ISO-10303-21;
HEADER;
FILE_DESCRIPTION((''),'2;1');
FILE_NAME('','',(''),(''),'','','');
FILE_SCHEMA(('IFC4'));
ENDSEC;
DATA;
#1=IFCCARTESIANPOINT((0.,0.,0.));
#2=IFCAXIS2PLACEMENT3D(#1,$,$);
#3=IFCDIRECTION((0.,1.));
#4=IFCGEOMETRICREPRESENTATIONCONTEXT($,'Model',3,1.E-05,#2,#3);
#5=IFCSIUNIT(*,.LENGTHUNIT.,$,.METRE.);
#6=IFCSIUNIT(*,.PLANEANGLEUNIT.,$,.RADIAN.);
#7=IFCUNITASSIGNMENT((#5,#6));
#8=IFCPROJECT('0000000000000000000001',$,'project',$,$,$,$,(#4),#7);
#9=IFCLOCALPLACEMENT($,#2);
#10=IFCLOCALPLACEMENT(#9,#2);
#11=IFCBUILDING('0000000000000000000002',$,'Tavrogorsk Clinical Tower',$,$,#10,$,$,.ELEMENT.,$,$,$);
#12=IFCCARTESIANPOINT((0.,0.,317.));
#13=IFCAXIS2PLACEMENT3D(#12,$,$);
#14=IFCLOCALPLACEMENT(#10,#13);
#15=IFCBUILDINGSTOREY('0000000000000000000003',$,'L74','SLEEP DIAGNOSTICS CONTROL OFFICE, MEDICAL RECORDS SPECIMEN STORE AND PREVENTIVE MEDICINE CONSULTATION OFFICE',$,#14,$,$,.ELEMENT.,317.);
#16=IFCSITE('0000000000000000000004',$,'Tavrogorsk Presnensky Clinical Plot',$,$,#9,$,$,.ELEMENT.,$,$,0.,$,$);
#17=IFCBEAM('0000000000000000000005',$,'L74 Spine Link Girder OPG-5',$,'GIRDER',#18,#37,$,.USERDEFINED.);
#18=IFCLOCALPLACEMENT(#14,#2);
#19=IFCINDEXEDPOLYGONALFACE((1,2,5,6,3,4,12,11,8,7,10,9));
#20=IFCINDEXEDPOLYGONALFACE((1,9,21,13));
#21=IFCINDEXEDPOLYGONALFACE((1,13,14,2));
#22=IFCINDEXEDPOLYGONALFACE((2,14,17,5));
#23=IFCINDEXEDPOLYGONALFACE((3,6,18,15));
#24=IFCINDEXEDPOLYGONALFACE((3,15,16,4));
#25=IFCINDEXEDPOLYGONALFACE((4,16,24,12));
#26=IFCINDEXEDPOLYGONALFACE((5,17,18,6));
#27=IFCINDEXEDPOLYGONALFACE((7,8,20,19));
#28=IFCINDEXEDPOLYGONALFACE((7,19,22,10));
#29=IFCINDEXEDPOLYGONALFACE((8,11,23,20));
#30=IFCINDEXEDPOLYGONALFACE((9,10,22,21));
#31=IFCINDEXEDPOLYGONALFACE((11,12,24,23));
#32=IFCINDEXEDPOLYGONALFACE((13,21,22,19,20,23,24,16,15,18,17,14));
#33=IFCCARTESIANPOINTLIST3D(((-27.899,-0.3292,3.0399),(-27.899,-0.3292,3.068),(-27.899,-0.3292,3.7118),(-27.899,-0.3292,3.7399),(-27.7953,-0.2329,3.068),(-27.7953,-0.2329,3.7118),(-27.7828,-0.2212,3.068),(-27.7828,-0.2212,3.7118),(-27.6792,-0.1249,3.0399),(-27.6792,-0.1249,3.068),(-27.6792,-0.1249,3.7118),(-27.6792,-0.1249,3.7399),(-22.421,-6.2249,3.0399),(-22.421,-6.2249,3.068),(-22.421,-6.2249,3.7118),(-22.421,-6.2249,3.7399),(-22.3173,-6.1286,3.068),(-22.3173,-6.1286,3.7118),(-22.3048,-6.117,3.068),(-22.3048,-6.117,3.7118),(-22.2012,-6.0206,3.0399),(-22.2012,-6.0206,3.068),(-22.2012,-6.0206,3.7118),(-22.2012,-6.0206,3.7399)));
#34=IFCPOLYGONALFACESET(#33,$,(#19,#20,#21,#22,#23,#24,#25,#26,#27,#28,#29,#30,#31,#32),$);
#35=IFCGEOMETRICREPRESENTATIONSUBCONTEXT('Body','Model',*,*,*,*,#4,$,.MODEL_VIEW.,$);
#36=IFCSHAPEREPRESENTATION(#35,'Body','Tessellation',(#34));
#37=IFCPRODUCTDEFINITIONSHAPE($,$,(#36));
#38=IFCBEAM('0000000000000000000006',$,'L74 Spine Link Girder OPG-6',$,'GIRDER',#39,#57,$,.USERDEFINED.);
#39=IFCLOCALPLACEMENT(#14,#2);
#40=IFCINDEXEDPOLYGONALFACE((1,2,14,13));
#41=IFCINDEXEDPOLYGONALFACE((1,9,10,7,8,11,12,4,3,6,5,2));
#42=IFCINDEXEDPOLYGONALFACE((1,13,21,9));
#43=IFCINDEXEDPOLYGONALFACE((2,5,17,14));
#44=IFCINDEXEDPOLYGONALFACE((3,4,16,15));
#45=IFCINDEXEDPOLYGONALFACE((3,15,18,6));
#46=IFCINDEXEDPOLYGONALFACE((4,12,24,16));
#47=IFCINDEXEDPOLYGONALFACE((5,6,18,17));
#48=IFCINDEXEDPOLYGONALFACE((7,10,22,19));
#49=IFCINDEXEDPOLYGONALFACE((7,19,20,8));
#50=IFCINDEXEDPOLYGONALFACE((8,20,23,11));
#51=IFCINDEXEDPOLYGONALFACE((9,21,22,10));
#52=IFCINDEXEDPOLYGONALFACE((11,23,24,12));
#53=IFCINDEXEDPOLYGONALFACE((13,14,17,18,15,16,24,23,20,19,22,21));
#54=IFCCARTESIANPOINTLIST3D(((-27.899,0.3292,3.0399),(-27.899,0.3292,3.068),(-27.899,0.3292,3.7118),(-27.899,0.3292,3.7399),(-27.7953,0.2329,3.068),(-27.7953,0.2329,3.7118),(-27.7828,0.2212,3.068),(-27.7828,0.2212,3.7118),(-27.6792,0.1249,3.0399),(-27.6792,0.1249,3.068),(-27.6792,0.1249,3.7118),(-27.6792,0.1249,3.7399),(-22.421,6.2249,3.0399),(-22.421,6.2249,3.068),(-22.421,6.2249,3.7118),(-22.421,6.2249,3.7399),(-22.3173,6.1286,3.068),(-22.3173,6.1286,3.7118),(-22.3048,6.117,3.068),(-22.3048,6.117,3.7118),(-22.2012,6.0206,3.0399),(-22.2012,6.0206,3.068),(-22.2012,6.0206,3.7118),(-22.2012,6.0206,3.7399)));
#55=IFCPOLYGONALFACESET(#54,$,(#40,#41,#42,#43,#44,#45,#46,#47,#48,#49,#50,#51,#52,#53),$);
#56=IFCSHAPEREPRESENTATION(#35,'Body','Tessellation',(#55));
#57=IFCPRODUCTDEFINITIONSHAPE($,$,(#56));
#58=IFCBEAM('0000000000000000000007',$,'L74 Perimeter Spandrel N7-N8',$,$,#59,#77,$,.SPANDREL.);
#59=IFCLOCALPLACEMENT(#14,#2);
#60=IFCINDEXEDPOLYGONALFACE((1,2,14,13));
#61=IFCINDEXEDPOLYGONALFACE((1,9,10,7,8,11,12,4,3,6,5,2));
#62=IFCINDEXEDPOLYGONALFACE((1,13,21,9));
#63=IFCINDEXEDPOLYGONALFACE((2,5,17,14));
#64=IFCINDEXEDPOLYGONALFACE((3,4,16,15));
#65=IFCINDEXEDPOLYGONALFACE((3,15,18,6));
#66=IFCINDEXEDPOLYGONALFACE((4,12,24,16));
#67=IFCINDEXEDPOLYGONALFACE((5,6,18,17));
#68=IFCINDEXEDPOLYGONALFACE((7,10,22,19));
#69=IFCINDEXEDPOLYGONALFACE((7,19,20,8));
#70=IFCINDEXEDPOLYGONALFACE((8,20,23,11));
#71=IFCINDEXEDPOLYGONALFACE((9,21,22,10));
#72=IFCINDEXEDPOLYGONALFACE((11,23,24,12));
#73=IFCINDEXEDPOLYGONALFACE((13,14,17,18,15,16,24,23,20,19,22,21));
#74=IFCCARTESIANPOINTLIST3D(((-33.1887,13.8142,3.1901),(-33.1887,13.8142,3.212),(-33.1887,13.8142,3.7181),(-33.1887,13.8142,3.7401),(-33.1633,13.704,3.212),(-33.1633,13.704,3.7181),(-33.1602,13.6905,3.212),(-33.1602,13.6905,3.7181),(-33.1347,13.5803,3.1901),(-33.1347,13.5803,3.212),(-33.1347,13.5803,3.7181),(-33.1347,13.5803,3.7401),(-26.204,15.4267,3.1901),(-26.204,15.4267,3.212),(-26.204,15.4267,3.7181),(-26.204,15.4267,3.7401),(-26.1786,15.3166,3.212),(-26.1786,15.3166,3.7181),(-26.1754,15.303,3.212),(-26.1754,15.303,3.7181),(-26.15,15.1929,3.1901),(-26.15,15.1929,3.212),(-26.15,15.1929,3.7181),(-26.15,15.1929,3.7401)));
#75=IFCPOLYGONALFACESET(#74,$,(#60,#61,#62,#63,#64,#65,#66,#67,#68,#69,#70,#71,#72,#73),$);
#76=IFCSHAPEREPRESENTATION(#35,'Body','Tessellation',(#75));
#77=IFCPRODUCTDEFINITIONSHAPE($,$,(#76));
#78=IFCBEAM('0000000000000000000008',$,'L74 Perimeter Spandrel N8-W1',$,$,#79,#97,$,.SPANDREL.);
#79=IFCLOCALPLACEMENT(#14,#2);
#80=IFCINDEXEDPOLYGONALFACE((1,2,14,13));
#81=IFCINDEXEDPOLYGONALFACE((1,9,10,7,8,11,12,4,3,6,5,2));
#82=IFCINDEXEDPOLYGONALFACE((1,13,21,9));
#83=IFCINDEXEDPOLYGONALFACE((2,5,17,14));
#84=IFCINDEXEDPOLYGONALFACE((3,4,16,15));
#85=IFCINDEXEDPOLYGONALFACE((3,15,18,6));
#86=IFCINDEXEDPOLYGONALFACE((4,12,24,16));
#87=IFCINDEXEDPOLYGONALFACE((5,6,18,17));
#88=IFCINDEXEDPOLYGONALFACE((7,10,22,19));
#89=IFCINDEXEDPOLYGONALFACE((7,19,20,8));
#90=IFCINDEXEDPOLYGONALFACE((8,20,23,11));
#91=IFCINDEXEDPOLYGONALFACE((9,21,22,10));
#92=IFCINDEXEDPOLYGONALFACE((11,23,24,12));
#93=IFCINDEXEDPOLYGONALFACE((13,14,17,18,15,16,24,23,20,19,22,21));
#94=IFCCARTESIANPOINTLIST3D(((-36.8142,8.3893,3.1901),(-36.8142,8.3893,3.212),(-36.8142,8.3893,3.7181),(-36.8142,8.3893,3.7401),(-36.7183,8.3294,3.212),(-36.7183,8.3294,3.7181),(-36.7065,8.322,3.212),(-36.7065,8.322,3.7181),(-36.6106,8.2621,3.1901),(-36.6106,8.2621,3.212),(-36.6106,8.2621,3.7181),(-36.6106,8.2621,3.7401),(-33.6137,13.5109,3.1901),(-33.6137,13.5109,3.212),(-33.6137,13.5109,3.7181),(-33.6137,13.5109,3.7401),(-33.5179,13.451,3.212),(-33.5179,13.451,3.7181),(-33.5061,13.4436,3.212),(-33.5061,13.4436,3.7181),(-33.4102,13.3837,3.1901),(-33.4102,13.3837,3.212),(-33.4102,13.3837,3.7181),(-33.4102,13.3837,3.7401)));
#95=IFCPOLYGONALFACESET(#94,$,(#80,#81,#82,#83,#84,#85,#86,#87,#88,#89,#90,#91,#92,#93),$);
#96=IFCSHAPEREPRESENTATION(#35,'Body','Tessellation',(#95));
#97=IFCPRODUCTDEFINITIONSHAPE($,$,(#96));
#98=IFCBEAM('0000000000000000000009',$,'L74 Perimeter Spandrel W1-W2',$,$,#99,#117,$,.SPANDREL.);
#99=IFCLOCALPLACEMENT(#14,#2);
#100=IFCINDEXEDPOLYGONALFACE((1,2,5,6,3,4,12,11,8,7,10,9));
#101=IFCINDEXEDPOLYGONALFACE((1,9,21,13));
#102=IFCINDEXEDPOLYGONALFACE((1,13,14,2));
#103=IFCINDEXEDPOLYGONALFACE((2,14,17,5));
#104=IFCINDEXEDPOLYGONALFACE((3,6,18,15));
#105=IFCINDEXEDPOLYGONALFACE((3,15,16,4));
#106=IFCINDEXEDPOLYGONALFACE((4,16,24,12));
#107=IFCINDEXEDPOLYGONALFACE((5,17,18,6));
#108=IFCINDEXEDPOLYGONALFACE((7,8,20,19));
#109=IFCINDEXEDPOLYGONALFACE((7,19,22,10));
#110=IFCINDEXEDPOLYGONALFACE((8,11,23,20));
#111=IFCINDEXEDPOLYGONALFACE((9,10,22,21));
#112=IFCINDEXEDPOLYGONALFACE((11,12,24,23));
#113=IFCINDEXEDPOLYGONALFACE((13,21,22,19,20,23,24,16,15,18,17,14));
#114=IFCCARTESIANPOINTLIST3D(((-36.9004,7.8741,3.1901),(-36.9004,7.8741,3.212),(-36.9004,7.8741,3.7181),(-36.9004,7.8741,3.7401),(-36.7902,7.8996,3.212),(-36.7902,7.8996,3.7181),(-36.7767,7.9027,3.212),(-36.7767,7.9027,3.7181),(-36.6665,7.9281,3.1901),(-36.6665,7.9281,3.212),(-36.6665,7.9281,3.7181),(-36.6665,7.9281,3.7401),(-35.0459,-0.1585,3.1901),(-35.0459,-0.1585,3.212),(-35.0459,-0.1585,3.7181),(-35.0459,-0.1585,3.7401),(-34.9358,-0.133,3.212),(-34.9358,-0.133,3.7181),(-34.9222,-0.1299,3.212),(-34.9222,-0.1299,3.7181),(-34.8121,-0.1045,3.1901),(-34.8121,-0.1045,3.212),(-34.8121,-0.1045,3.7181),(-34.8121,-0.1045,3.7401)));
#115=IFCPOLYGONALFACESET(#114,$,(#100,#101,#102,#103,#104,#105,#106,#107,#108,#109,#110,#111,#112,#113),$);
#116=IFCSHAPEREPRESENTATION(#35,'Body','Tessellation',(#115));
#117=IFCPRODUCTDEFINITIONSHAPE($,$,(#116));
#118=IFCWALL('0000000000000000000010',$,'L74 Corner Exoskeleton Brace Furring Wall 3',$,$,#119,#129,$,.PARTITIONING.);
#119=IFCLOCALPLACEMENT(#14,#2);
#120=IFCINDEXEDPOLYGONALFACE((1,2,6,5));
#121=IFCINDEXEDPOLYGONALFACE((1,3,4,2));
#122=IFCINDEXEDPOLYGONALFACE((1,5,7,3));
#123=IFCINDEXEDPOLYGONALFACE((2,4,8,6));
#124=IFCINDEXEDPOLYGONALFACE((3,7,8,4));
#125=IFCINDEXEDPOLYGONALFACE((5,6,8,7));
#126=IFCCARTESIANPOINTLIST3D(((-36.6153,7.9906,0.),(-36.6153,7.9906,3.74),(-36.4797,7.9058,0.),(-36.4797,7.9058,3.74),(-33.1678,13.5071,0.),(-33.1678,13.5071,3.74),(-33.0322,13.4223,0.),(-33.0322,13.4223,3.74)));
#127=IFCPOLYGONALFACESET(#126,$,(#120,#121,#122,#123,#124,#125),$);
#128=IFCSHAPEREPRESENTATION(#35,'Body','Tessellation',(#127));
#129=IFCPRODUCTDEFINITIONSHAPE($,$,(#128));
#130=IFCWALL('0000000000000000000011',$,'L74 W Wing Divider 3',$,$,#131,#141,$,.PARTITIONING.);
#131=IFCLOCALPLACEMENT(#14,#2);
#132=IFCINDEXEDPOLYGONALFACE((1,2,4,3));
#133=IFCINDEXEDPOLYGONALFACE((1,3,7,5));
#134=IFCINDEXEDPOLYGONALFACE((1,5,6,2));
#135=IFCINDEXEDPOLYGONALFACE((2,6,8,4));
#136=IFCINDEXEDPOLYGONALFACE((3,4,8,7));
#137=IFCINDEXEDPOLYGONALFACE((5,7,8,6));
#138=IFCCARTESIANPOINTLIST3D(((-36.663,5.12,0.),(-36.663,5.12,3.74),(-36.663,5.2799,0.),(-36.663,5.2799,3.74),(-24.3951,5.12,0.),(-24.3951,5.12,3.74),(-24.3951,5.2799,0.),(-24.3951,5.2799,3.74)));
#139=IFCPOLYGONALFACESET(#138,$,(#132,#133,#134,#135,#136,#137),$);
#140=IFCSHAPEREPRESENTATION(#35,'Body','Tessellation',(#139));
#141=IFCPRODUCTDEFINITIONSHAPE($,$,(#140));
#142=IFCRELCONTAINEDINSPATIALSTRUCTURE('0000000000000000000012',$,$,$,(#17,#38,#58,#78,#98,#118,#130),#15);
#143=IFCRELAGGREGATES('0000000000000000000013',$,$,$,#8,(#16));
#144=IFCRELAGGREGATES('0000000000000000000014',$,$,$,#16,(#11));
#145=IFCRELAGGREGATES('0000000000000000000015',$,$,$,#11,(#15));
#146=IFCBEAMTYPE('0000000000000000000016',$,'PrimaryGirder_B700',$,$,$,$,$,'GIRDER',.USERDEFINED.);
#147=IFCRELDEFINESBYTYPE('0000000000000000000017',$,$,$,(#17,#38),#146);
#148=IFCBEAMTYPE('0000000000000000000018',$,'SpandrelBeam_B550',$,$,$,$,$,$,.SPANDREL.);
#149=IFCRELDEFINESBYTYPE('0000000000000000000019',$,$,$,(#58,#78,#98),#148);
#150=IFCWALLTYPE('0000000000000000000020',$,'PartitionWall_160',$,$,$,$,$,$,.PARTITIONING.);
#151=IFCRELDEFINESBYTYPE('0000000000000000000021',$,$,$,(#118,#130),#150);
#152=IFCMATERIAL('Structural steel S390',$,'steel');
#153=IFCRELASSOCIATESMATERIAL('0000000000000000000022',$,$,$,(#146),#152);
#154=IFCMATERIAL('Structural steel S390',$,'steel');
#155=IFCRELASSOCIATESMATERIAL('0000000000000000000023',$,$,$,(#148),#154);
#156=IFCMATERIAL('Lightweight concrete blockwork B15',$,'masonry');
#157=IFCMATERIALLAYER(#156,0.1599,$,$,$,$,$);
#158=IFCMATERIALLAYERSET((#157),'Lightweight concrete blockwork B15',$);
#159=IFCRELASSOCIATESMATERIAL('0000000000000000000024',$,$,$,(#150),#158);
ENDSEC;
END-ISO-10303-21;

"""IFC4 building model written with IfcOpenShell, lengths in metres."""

from ifc_helpers import new_model, si_unit, direction, frame, frame_2d, origin, origin_2d, place, context, subcontext, project, spatial, rectangle, i_section, extrude, material, layer, layer_set, material_profile, profile_set, type_object, element, save


model = new_model("IFC4")

# Units and contexts
model_context = context("Model", 3, precision=1e-05, world=origin(), true_north=direction((0.0, 1.0)))
body_context = subcontext(model_context, "Body", "Model", "MODEL_VIEW")
ifc_project = project(units=[si_unit("LENGTHUNIT", "METRE"), si_unit("PLANEANGLEUNIT", "RADIAN")], contexts=[model_context])

# Site, building, storey
site_placement = place(None, origin())
site = spatial("IfcSite", under=ifc_project, at=site_placement, Name="Tavrogorsk Presnensky Clinical Plot", CompositionType="ELEMENT", RefElevation=0.0)
building_placement = place(site_placement, origin())
building = spatial("IfcBuilding", under=site, at=building_placement, Name="Tavrogorsk Clinical Tower", CompositionType="ELEMENT")
storey_placement = place(building_placement, frame((0.0, 0.0, 317.0)))
storey = spatial("IfcBuildingStorey", under=building, at=storey_placement, Name="L74", Description="SLEEP DIAGNOSTICS CONTROL OFFICE, MEDICAL RECORDS SPECIMEN STORE AND PREVENTIVE MEDICINE CONSULTATION OFFICE", CompositionType="ELEMENT", Elevation=317.0)

# Beams
ifc_material_1 = material(Name="Structural steel S390", Category="steel")
ifc_material_profile_1 = material_profile(ifc_material_1, i_section(OverallWidth=0.3, OverallDepth=0.7, WebThickness=0.0171, FlangeThickness=0.0281, at=origin_2d()), Name="B-700x300x17x28")
ifc_profile_set_1 = profile_set([ifc_material_profile_1], Name="Structural steel S390")
beam_type_1 = type_object("IfcBeamType", Name="PrimaryGirder_B700", ElementType="GIRDER", PredefinedType="USERDEFINED", material=ifc_profile_set_1)
for number, where, z_axis, x_axis, name in (
    (1, (-27.7891, -0.2271, 3.3899), (0.680678, -0.732583, 0.0), (0.732583, 0.680678, 0.0), "L74 Spine Link Girder OPG-5"),
    (2, (-27.7891, 0.2271, 3.3899), (0.680678, 0.732583, 0.0), (-0.732583, 0.680678, 0.0), "L74 Spine Link Girder OPG-6"),
):
    element("IfcBeam", number, at=place(storey_placement, frame(where, z_axis=z_axis, x_axis=x_axis)), inside=storey, type_object=beam_type_1, Name=name, ObjectType="GIRDER", PredefinedType="USERDEFINED", context=body_context, shape_type="SweptSolid", body=[
        extrude(i_section(OverallWidth=0.3, OverallDepth=0.7, WebThickness=0.0171, FlangeThickness=0.0281, at=origin_2d()), origin(), (0.0, 0.0, 1.0), 8.0479),
    ])
ifc_material_2 = material(Name="Structural steel S390", Category="steel")
ifc_material_profile_2 = material_profile(ifc_material_2, i_section(OverallWidth=0.24, OverallDepth=0.55, WebThickness=0.0139, FlangeThickness=0.022, at=origin_2d()), Name="B-550x240x14x22")
ifc_profile_set_2 = profile_set([ifc_material_profile_2], Name="Structural steel S390")
beam_type_2 = type_object("IfcBeamType", Name="SpandrelBeam_B550", PredefinedType="SPANDREL", material=ifc_profile_set_2)
beam_1_placement = place(storey_placement, frame((-26.177, 15.3098, 3.4651), z_axis=(-0.974369, -0.224954, 0.0), x_axis=(0.224954, -0.974369, 0.0)))
element("IfcBeam", 3, at=beam_1_placement, inside=storey, type_object=beam_type_2, Name="L74 Perimeter Spandrel N7-N8", PredefinedType="SPANDREL", context=body_context, shape_type="SweptSolid", body=[
    extrude(i_section(OverallWidth=0.24, OverallDepth=0.55, WebThickness=0.0139, FlangeThickness=0.022, at=origin_2d()), origin(), (0.0, 0.0, 1.0), 7.1685),
])
beam_2_placement = place(storey_placement, frame((-33.512, 13.4473, 3.4651), z_axis=(-0.529934, -0.848039, 0.0), x_axis=(0.848039, -0.529934, 0.0)))
element("IfcBeam", 4, at=beam_2_placement, inside=storey, type_object=beam_type_2, Name="L74 Perimeter Spandrel N8-W1", PredefinedType="SPANDREL", context=body_context, shape_type="SweptSolid", body=[
    extrude(i_section(OverallWidth=0.24, OverallDepth=0.55, WebThickness=0.0139, FlangeThickness=0.022, at=origin_2d()), origin(), (0.0, 0.0, 1.0), 6.0393),
])
beam_3_placement = place(storey_placement, frame((-36.7834, 7.9011, 3.4651), z_axis=(0.22495, -0.97437, 0.0), x_axis=(0.97437, 0.22495, 0.0)))
element("IfcBeam", 5, at=beam_3_placement, inside=storey, type_object=beam_type_2, Name="L74 Perimeter Spandrel W1-W2", PredefinedType="SPANDREL", context=body_context, shape_type="SweptSolid", body=[
    extrude(i_section(OverallWidth=0.24, OverallDepth=0.55, WebThickness=0.0139, FlangeThickness=0.022, at=origin_2d()), origin(), (0.0, 0.0, 1.0), 8.2439),
])

# Walls
ifc_material_3 = material(Name="Lightweight concrete blockwork B15", Category="masonry")
ifc_layer_1 = layer(ifc_material_3, 0.1599)
ifc_layer_set_1 = layer_set([ifc_layer_1], Name="Lightweight concrete blockwork B15")
wall_type_1 = type_object("IfcWallType", Name="PartitionWall_160", PredefinedType="PARTITIONING", material=ifc_layer_set_1)
wall_1_placement = place(storey_placement, frame((-33.1001, 13.4646, 0.0), z_axis=(0.0, 0.0, 1.0), x_axis=(-0.529958, -0.848024, 0.0)))
element("IfcWall", 6, at=wall_1_placement, inside=storey, type_object=wall_type_1, Name="L74 Corner Exoskeleton Brace Furring Wall 3", PredefinedType="PARTITIONING", context=body_context, shape_type="SweptSolid", body=[
    extrude(rectangle(XDim=6.5051, YDim=0.1599, at=frame_2d((3.2524, 0.0))), origin(), (0.0, 0.0, 1.0), 3.74),
])
wall_2_placement = place(storey_placement, frame((-36.6628, 5.2, 0.0), z_axis=(0.0, 0.0, 1.0), x_axis=(1.0, 0.0, 0.0)))
element("IfcWall", 7, at=wall_2_placement, inside=storey, type_object=wall_type_1, Name="L74 W Wing Divider 3", PredefinedType="PARTITIONING", context=body_context, shape_type="SweptSolid", body=[
    extrude(rectangle(XDim=12.2678, YDim=0.1599, at=frame_2d((6.1338, 0.0))), origin(), (0.0, 0.0, 1.0), 3.74),
])

save(model, "model.ifc")
